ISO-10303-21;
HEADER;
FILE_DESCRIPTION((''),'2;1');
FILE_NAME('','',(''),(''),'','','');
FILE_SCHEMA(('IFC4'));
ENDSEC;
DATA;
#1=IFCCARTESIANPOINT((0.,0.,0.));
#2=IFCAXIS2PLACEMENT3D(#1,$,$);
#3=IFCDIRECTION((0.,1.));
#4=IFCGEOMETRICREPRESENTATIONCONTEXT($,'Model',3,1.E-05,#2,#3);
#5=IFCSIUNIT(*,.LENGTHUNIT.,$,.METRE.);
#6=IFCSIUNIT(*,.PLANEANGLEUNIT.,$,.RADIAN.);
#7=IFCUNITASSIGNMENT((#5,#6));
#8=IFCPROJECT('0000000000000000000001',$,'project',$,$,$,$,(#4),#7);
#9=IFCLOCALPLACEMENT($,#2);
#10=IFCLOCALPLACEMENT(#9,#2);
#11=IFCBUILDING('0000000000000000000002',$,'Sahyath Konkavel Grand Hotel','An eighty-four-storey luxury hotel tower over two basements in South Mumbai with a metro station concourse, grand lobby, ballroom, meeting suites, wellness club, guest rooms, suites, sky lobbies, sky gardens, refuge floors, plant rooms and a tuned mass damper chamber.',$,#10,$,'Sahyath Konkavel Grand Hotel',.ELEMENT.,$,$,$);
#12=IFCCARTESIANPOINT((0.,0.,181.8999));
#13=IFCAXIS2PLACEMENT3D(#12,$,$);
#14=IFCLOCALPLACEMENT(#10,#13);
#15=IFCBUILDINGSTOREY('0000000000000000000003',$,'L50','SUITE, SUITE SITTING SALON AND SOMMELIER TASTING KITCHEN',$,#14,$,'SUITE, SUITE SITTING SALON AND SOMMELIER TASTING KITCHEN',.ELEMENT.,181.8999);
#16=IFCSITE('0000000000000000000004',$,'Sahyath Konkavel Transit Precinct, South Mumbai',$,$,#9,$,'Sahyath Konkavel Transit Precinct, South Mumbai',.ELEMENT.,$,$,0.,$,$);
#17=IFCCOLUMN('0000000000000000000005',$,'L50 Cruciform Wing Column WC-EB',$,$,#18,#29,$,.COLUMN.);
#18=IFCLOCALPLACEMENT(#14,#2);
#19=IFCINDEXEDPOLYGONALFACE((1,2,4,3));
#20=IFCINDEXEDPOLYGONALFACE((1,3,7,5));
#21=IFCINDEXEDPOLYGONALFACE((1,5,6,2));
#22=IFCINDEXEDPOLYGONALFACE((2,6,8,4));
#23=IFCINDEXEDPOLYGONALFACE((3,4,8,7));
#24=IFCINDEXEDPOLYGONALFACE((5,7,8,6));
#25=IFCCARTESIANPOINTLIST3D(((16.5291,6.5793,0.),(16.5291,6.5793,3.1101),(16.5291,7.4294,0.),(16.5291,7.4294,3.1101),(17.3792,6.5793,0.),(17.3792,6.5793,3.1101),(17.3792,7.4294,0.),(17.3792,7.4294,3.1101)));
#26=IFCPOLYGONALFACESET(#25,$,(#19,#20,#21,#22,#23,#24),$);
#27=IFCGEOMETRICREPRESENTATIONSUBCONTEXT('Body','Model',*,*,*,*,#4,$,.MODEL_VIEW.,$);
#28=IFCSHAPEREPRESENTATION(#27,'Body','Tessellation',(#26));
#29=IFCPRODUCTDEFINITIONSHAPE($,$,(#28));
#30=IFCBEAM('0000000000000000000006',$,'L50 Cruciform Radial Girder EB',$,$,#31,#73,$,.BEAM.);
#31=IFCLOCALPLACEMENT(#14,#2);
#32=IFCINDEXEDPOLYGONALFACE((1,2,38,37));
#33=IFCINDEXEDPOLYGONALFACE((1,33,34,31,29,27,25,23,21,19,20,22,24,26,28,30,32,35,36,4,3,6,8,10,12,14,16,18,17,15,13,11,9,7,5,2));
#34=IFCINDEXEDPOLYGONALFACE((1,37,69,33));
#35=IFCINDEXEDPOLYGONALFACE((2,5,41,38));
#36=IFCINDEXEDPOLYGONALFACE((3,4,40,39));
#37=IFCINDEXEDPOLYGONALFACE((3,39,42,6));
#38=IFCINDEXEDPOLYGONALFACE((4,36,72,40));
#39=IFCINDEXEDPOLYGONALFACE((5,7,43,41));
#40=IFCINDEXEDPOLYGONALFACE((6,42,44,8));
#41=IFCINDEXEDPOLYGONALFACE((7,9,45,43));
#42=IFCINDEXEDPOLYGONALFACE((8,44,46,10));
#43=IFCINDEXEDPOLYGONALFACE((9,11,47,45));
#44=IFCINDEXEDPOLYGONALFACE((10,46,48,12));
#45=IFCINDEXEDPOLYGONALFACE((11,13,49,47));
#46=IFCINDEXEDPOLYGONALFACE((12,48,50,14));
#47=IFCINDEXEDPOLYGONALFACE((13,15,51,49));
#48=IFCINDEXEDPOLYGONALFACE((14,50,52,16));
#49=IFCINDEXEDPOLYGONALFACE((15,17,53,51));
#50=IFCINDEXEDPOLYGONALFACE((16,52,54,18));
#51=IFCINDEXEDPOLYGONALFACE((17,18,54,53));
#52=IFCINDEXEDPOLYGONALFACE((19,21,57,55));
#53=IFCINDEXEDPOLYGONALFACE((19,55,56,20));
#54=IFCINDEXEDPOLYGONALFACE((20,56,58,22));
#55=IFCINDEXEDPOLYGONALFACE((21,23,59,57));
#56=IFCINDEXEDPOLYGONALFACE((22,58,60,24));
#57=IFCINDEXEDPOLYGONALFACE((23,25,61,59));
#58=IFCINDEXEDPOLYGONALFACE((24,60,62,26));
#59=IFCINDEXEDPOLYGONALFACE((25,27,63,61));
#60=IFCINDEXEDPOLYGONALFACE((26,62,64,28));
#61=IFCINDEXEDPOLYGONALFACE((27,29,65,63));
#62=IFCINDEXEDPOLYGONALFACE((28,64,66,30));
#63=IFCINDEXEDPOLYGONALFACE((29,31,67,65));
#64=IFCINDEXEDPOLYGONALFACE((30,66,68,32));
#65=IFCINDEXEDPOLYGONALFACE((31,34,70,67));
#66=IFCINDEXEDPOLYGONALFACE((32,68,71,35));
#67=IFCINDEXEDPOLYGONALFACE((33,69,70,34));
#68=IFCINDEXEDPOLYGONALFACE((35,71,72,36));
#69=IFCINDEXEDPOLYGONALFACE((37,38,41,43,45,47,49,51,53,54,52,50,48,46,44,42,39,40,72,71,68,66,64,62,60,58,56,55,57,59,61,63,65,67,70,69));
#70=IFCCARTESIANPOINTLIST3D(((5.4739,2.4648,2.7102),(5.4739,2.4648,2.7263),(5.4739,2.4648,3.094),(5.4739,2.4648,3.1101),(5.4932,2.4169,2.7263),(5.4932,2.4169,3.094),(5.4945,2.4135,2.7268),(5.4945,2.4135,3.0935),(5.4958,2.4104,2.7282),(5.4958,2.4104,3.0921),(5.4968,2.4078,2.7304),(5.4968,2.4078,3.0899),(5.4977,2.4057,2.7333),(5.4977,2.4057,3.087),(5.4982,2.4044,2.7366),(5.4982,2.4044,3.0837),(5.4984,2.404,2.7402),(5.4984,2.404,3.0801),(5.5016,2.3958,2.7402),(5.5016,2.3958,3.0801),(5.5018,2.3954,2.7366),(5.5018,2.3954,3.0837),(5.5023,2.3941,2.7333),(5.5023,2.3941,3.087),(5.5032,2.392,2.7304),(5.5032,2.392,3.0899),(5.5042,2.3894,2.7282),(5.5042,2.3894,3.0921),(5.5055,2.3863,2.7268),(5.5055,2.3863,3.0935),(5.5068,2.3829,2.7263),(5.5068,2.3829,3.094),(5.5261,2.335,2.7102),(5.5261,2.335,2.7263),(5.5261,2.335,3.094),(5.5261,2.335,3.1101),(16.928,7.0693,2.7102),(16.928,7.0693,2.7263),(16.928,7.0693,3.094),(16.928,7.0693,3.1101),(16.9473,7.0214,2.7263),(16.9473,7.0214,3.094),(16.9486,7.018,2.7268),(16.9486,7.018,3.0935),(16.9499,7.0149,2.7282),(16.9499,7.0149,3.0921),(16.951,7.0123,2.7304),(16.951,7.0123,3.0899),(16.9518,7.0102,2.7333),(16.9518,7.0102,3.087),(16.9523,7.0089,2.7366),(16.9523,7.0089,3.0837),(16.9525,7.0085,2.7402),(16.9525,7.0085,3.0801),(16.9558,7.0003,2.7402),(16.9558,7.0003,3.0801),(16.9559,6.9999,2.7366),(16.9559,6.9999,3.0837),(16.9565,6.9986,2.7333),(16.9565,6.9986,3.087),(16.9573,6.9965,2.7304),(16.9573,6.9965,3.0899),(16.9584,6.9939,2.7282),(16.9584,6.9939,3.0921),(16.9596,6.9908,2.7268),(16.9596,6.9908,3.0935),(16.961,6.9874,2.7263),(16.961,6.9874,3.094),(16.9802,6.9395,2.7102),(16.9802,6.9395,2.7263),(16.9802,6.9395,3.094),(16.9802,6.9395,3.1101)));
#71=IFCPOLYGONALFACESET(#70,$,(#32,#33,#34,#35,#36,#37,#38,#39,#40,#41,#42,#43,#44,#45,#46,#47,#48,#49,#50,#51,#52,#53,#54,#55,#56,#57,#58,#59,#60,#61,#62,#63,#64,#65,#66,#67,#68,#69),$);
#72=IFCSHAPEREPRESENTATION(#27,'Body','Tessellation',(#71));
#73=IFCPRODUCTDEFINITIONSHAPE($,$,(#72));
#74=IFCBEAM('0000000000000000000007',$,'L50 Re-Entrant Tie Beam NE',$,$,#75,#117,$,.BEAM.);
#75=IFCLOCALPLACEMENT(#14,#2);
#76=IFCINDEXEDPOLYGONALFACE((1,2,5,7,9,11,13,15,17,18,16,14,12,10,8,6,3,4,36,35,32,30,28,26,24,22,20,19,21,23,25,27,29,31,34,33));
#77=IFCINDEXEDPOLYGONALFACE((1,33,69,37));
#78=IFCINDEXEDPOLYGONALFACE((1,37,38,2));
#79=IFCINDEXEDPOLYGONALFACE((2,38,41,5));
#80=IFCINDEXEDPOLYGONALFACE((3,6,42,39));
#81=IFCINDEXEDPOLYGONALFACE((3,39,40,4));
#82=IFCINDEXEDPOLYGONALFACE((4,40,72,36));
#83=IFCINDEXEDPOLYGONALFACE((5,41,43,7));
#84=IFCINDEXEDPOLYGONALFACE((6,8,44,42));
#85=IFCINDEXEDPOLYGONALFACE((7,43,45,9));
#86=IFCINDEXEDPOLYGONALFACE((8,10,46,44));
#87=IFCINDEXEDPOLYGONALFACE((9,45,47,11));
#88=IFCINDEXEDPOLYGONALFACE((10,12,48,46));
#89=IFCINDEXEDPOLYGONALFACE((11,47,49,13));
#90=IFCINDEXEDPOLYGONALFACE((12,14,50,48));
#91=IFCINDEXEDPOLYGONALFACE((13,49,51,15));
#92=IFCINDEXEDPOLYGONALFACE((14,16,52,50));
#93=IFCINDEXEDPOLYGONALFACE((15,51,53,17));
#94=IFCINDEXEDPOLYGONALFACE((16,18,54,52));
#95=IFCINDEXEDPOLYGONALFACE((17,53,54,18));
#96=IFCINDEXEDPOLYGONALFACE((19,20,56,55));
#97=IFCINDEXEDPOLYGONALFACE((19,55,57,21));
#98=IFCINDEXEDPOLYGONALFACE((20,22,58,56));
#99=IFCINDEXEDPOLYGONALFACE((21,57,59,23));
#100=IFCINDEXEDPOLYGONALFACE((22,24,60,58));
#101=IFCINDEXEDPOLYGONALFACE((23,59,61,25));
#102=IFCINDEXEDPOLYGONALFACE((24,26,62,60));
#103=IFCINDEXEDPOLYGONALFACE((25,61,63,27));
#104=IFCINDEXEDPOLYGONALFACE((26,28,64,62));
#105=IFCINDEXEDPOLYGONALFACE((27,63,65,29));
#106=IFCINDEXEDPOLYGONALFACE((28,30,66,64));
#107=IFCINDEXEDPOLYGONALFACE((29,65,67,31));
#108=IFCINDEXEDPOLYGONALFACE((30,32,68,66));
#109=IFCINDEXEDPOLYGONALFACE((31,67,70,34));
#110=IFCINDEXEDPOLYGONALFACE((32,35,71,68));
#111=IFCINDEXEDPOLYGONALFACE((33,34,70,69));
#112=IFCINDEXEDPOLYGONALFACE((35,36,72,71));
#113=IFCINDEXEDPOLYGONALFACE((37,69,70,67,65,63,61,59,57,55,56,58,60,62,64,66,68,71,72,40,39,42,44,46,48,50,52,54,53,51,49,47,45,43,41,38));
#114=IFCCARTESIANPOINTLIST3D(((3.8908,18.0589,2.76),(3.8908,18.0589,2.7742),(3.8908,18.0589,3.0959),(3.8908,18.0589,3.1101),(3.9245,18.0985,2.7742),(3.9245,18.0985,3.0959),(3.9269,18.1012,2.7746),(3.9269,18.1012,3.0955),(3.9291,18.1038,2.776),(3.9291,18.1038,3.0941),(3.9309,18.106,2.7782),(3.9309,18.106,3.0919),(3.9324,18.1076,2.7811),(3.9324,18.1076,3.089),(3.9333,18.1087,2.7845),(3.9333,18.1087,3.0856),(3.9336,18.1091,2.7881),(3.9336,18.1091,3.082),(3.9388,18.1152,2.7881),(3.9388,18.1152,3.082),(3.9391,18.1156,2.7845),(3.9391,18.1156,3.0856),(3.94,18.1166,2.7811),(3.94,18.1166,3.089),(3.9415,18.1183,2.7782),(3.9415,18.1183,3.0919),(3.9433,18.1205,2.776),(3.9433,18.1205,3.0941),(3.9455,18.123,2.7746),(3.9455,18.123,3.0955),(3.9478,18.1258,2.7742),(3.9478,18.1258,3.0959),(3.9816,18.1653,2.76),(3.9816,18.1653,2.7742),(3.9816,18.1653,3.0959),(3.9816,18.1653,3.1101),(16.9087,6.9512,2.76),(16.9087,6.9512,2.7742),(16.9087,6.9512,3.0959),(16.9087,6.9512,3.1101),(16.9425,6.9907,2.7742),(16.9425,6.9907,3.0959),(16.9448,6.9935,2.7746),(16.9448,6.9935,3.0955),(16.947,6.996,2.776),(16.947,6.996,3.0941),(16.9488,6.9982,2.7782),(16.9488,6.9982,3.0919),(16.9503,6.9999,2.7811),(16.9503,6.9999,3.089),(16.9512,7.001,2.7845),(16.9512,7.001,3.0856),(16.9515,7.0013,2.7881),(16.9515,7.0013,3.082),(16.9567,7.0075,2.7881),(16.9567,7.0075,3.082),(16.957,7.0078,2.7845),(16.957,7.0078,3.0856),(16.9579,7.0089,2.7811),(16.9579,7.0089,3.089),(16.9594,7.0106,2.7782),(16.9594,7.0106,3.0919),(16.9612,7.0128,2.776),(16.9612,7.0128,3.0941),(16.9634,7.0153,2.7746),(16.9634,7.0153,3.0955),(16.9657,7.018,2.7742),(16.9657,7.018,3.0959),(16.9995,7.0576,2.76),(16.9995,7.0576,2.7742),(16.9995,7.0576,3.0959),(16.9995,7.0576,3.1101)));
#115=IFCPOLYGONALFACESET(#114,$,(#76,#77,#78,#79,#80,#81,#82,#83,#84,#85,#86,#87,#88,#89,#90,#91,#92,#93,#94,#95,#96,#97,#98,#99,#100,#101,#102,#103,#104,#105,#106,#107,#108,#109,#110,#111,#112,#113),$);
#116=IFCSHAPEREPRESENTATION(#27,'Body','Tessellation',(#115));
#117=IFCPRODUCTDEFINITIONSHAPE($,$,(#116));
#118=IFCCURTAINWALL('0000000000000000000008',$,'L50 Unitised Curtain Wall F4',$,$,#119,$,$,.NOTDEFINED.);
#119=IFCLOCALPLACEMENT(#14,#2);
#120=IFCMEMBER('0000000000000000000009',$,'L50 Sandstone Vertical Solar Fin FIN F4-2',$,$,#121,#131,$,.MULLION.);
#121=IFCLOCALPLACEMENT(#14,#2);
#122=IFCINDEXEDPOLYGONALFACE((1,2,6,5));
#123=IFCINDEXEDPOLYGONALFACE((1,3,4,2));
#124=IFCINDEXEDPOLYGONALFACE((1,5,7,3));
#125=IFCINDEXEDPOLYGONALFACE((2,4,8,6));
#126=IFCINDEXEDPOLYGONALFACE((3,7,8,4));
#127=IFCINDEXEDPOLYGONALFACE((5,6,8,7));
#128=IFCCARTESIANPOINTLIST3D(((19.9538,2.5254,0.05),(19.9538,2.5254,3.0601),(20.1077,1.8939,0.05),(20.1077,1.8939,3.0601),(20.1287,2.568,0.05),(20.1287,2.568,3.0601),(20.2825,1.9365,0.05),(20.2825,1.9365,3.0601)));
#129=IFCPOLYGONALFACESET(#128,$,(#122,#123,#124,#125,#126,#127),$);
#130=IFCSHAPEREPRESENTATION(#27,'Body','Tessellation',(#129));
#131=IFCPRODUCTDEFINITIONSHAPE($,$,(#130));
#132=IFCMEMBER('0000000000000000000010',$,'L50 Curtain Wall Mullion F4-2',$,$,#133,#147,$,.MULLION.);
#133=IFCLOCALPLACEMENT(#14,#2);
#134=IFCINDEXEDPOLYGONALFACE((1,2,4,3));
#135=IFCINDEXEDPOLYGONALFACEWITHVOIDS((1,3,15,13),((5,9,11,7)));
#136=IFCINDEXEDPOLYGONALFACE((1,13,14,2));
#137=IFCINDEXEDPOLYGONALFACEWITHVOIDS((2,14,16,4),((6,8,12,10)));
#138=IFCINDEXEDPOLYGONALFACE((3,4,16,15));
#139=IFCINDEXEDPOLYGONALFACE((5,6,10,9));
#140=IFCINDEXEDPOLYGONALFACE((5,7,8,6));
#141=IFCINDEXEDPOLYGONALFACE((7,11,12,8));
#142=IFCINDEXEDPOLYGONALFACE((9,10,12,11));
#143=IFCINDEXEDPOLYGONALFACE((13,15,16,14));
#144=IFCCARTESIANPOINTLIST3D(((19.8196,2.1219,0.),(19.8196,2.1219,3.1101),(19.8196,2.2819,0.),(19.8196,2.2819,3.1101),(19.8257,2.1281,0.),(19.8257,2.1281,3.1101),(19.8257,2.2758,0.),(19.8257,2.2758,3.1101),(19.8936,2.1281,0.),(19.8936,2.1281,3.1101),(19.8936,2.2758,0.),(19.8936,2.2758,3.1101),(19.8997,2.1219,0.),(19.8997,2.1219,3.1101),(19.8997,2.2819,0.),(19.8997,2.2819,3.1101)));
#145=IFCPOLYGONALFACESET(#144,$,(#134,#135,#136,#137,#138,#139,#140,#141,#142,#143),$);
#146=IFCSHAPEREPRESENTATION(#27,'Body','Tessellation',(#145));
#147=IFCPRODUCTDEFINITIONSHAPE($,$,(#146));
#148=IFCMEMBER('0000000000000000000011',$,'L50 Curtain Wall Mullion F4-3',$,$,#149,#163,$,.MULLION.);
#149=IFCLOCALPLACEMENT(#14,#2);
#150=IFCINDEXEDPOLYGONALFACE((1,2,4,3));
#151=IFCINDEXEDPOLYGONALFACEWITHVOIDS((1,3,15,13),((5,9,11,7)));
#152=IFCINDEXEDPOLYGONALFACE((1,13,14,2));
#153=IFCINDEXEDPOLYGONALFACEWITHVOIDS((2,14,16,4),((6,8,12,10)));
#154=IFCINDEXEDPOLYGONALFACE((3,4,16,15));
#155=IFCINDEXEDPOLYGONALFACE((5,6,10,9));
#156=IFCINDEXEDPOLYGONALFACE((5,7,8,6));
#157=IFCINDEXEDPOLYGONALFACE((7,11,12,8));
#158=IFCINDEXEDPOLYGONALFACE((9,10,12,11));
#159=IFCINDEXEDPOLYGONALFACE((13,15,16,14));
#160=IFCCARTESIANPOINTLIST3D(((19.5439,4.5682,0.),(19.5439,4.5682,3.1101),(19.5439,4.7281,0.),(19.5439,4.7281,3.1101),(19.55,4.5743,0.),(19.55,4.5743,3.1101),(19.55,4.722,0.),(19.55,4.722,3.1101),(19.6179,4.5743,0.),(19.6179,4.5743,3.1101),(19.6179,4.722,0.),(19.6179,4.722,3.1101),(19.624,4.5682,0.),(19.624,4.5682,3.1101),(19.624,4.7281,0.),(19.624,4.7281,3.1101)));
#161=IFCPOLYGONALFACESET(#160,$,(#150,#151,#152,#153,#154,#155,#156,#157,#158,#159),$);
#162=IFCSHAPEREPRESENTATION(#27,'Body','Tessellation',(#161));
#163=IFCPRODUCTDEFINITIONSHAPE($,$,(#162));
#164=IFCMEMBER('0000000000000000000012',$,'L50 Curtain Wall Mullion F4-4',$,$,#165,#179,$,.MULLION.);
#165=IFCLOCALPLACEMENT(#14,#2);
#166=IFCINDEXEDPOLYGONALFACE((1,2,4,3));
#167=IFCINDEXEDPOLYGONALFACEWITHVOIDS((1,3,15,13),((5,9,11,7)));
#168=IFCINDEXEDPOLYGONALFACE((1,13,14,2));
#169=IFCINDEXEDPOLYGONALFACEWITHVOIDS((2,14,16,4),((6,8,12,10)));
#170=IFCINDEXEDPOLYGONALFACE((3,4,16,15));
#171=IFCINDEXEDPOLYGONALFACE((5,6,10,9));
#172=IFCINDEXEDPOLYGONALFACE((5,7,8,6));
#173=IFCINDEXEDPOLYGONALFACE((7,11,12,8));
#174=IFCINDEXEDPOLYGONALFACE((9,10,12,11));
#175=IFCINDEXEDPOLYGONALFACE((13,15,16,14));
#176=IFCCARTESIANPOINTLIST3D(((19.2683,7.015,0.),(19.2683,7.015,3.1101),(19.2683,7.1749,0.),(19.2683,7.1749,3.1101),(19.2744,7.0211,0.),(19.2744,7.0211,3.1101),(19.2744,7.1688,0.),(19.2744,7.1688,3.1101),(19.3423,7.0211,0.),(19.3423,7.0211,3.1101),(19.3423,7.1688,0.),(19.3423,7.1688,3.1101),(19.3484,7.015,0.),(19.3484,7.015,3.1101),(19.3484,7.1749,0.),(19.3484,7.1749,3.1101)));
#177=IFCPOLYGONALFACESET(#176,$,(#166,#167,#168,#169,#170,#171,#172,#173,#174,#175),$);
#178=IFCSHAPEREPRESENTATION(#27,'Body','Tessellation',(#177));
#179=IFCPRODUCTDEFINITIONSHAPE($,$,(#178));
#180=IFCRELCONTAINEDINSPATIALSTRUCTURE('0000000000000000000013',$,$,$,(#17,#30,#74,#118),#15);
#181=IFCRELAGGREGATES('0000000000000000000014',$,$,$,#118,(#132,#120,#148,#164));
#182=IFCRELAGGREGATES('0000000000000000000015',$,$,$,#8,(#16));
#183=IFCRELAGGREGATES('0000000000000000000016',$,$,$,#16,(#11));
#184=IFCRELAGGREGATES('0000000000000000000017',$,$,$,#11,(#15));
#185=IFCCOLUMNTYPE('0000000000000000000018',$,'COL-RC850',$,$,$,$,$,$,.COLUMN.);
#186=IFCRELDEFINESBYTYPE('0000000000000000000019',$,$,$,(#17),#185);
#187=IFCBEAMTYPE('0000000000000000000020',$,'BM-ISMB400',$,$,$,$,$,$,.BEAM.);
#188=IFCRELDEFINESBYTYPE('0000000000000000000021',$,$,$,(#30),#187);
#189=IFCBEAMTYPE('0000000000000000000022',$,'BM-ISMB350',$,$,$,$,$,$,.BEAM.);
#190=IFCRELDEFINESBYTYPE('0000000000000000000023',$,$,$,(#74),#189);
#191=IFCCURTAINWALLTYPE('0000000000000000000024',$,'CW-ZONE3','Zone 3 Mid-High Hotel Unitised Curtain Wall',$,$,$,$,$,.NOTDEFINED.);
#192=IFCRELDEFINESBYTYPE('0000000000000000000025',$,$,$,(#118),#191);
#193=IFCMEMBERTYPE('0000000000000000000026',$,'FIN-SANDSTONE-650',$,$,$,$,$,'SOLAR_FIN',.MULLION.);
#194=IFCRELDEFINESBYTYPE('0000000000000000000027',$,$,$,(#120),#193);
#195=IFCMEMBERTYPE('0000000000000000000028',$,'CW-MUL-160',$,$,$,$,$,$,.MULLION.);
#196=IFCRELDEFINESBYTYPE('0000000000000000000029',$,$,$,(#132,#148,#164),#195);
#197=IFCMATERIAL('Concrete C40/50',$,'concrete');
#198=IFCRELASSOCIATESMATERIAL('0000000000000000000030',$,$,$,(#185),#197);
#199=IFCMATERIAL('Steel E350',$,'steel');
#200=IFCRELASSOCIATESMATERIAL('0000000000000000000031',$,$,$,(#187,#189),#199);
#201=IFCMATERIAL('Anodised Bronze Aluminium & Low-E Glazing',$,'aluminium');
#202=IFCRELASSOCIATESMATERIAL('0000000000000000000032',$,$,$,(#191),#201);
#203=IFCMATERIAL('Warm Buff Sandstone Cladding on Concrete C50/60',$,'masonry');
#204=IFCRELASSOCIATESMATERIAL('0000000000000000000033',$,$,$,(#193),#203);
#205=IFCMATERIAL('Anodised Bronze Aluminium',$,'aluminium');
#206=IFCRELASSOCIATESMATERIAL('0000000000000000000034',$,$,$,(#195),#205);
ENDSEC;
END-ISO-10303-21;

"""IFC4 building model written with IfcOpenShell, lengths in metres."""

from ifc_helpers import new_model, si_unit, direction, frame, origin, origin_2d, place, context, subcontext, project, spatial, rectangle, hollow_rectangle, i_section, extrude, source, transform, mapped, material, material_profile, profile_set, type_object, element, aggregate, save


model = new_model("IFC4")

# Units and contexts
model_context = context("Model", 3, precision=1e-05, world=origin(), true_north=direction((0.0, 1.0)))
body_context = subcontext(model_context, "Body", "Model", "MODEL_VIEW")
ifc_project = project(units=[si_unit("LENGTHUNIT", "METRE"), si_unit("PLANEANGLEUNIT", "RADIAN")], contexts=[model_context])

# Site, building, storey
site_placement = place(None, origin())
site = spatial("IfcSite", under=ifc_project, at=site_placement, Name="Sahyath Konkavel Transit Precinct, South Mumbai", LongName="Sahyath Konkavel Transit Precinct, South Mumbai", CompositionType="ELEMENT", RefElevation=0.0)
building_placement = place(site_placement, origin())
building = spatial("IfcBuilding", under=site, at=building_placement, Name="Sahyath Konkavel Grand Hotel", Description="An eighty-four-storey luxury hotel tower over two basements in South Mumbai with a metro station concourse, grand lobby, ballroom, meeting suites, wellness club, guest rooms, suites, sky lobbies, sky gardens, refuge floors, plant rooms and a tuned mass damper chamber.", LongName="Sahyath Konkavel Grand Hotel", CompositionType="ELEMENT")
storey_placement = place(building_placement, frame((0.0, 0.0, 181.8999)))
storey = spatial("IfcBuildingStorey", under=building, at=storey_placement, Name="L50", Description="SUITE, SUITE SITTING SALON AND SOMMELIER TASTING KITCHEN", LongName="SUITE, SUITE SITTING SALON AND SOMMELIER TASTING KITCHEN", CompositionType="ELEMENT", Elevation=181.8999)

# Column
ifc_material_1 = material(Name="Concrete C40/50", Category="concrete")
ifc_material_profile_1 = material_profile(ifc_material_1, rectangle(XDim=0.8501, YDim=0.8501, at=origin_2d()), Name="RC 850x850")
ifc_profile_set_1 = profile_set([ifc_material_profile_1], Name="Concrete C40/50")
column_type = type_object("IfcColumnType", Name="COL-RC850", PredefinedType="COLUMN", material=ifc_profile_set_1)
shared_shape_1 = source(origin(), body_context, "Body", "SweptSolid", [
    extrude(rectangle(XDim=0.8501, YDim=0.8501, at=origin_2d()), origin(), (0.0, 0.0, 1.0), 3.1101),
])
column_placement = place(storey_placement, frame((16.9541, 7.0044, 0.0), z_axis=(0.0, 0.0, 1.0), x_axis=(1.0, 0.0, 0.0)))
element("IfcColumn", 1, at=column_placement, inside=storey, type_object=column_type, Name="L50 Cruciform Wing Column WC-EB", PredefinedType="COLUMN", context=body_context, shape_type="MappedRepresentation", body=[
    mapped(shared_shape_1, transform((0.0, 0.0, 0.0), scale=1.0)),
])

# Beams
ifc_material_2 = material(Name="Steel E350", Category="steel")
ifc_material_profile_2 = material_profile(ifc_material_2, i_section(OverallWidth=0.1399, OverallDepth=0.3999, WebThickness=0.0088, FlangeThickness=0.0161, FilletRadius=0.0139, at=origin_2d()), Name="ISMB 400")
ifc_profile_set_2 = profile_set([ifc_material_profile_2], Name="Steel E350")
beam_type_1 = type_object("IfcBeamType", Name="BM-ISMB400", PredefinedType="BEAM", material=ifc_profile_set_2)
shared_shape_2 = source(origin(), body_context, "Body", "SweptSolid", [
    extrude(i_section(OverallWidth=0.1399, OverallDepth=0.3999, WebThickness=0.0088, FlangeThickness=0.0161, FilletRadius=0.0139, at=origin_2d()), origin(), (0.0, 0.0, 1.0), 12.345),
])
beam_1_placement = place(storey_placement, frame((5.5, 2.3999, 2.9102), z_axis=(0.927837, 0.372986, 0.0), x_axis=(-0.372986, 0.927837, 0.0)))
element("IfcBeam", 2, at=beam_1_placement, inside=storey, type_object=beam_type_1, Name="L50 Cruciform Radial Girder EB", PredefinedType="BEAM", context=body_context, shape_type="MappedRepresentation", body=[
    mapped(shared_shape_2, transform((0.0, 0.0, 0.0), scale=1.0)),
])
ifc_material_profile_3 = material_profile(ifc_material_2, i_section(OverallWidth=0.1399, OverallDepth=0.3501, WebThickness=0.0081, FlangeThickness=0.0142, FilletRadius=0.0139, at=origin_2d()), Name="ISMB 350")
ifc_profile_set_3 = profile_set([ifc_material_profile_3], Name="Steel E350")
beam_type_2 = type_object("IfcBeamType", Name="BM-ISMB350", PredefinedType="BEAM", material=ifc_profile_set_3)
shared_shape_3 = source(origin(), body_context, "Body", "SweptSolid", [
    extrude(i_section(OverallWidth=0.1399, OverallDepth=0.3501, WebThickness=0.0081, FlangeThickness=0.0142, FilletRadius=0.0139, at=origin_2d()), origin(), (0.0, 0.0, 1.0), 17.1128),
])
beam_2_placement = place(storey_placement, frame((16.9541, 7.0044, 2.9351), z_axis=(-0.760712, 0.64909, 0.0), x_axis=(-0.64909, -0.760712, 0.0)))
element("IfcBeam", 3, at=beam_2_placement, inside=storey, type_object=beam_type_2, Name="L50 Re-Entrant Tie Beam NE", PredefinedType="BEAM", context=body_context, shape_type="MappedRepresentation", body=[
    mapped(shared_shape_3, transform((0.0, 0.0, 0.0), scale=1.0)),
])

# Curtain wall, members
ifc_material_3 = material(Name="Anodised Bronze Aluminium & Low-E Glazing", Category="aluminium")
curtain_wall_type = type_object("IfcCurtainWallType", Name="CW-ZONE3", Description="Zone 3 Mid-High Hotel Unitised Curtain Wall", PredefinedType="NOTDEFINED", material=ifc_material_3)
curtain_wall_1_placement = place(storey_placement, origin())
curtain_wall_1 = element("IfcCurtainWall", 4, at=curtain_wall_1_placement, inside=storey, type_object=curtain_wall_type, Name="L50 Unitised Curtain Wall F4", PredefinedType="NOTDEFINED")
ifc_material_4 = material(Name="Warm Buff Sandstone Cladding on Concrete C50/60", Category="masonry")
ifc_material_profile_4 = material_profile(ifc_material_4, rectangle(XDim=0.1799, YDim=0.6499, at=origin_2d()), Name="FIN 180x650")
ifc_profile_set_4 = profile_set([ifc_material_profile_4], Name="Warm Buff Sandstone Cladding on Concrete C50/60")
member_type_1 = type_object("IfcMemberType", Name="FIN-SANDSTONE-650", ElementType="SOLAR_FIN", PredefinedType="MULLION", material=ifc_profile_set_4)
shared_shape_4 = source(origin(), body_context, "Body", "SweptSolid", [
    extrude(rectangle(XDim=0.1799, YDim=0.6499, at=origin_2d()), origin(), (0.0, 0.0, 1.0), 3.01),
])
member_1_placement = place(storey_placement, frame((20.1182, 2.231, 0.05), z_axis=(0.0, 0.0, 1.0), x_axis=(0.97159, 0.236669, 0.0)))
member_1 = element("IfcMember", 5, at=member_1_placement, type_object=member_type_1, Name="L50 Sandstone Vertical Solar Fin FIN F4-2", PredefinedType="MULLION", context=body_context, shape_type="MappedRepresentation", body=[
    mapped(shared_shape_4, transform((0.0, 0.0, 0.0), scale=1.0)),
])
ifc_material_5 = material(Name="Anodised Bronze Aluminium", Category="aluminium")
ifc_material_profile_5 = material_profile(ifc_material_5, hollow_rectangle(XDim=0.0801, YDim=0.1599, WallThickness=0.0061, at=origin_2d()), Name="RHS 160x80x6")
ifc_profile_set_5 = profile_set([ifc_material_profile_5], Name="Anodised Bronze Aluminium")
member_type_2 = type_object("IfcMemberType", Name="CW-MUL-160", PredefinedType="MULLION", material=ifc_profile_set_5)
shared_shape_5 = source(origin(), body_context, "Body", "SweptSolid", [
    extrude(hollow_rectangle(XDim=0.0801, YDim=0.1599, WallThickness=0.0061, at=origin_2d()), origin(), (0.0, 0.0, 1.0), 3.1101),
])
member_2_placement = place(storey_placement, frame((19.8596, 2.2019, 0.0), z_axis=(0.0, 0.0, 1.0), x_axis=(1.0, 0.0, 0.0)))
member_2 = element("IfcMember", 6, at=member_2_placement, type_object=member_type_2, Name="L50 Curtain Wall Mullion F4-2", PredefinedType="MULLION", context=body_context, shape_type="MappedRepresentation", body=[
    mapped(shared_shape_5, transform((0.0, 0.0, 0.0), scale=1.0)),
])
member_3_placement = place(storey_placement, frame((19.584, 4.6482, 0.0), z_axis=(0.0, 0.0, 1.0), x_axis=(1.0, 0.0, 0.0)))
member_3 = element("IfcMember", 7, at=member_3_placement, type_object=member_type_2, Name="L50 Curtain Wall Mullion F4-3", PredefinedType="MULLION", context=body_context, shape_type="MappedRepresentation", body=[
    mapped(shared_shape_5, transform((0.0, 0.0, 0.0), scale=1.0)),
])
member_4_placement = place(storey_placement, frame((19.3083, 7.095, 0.0), z_axis=(0.0, 0.0, 1.0), x_axis=(1.0, 0.0, 0.0)))
member_4 = element("IfcMember", 8, at=member_4_placement, type_object=member_type_2, Name="L50 Curtain Wall Mullion F4-4", PredefinedType="MULLION", context=body_context, shape_type="MappedRepresentation", body=[
    mapped(shared_shape_5, transform((0.0, 0.0, 0.0), scale=1.0)),
])

aggregate(curtain_wall_1, [member_2, member_1, member_3, member_4])

save(model, "model.ifc")
